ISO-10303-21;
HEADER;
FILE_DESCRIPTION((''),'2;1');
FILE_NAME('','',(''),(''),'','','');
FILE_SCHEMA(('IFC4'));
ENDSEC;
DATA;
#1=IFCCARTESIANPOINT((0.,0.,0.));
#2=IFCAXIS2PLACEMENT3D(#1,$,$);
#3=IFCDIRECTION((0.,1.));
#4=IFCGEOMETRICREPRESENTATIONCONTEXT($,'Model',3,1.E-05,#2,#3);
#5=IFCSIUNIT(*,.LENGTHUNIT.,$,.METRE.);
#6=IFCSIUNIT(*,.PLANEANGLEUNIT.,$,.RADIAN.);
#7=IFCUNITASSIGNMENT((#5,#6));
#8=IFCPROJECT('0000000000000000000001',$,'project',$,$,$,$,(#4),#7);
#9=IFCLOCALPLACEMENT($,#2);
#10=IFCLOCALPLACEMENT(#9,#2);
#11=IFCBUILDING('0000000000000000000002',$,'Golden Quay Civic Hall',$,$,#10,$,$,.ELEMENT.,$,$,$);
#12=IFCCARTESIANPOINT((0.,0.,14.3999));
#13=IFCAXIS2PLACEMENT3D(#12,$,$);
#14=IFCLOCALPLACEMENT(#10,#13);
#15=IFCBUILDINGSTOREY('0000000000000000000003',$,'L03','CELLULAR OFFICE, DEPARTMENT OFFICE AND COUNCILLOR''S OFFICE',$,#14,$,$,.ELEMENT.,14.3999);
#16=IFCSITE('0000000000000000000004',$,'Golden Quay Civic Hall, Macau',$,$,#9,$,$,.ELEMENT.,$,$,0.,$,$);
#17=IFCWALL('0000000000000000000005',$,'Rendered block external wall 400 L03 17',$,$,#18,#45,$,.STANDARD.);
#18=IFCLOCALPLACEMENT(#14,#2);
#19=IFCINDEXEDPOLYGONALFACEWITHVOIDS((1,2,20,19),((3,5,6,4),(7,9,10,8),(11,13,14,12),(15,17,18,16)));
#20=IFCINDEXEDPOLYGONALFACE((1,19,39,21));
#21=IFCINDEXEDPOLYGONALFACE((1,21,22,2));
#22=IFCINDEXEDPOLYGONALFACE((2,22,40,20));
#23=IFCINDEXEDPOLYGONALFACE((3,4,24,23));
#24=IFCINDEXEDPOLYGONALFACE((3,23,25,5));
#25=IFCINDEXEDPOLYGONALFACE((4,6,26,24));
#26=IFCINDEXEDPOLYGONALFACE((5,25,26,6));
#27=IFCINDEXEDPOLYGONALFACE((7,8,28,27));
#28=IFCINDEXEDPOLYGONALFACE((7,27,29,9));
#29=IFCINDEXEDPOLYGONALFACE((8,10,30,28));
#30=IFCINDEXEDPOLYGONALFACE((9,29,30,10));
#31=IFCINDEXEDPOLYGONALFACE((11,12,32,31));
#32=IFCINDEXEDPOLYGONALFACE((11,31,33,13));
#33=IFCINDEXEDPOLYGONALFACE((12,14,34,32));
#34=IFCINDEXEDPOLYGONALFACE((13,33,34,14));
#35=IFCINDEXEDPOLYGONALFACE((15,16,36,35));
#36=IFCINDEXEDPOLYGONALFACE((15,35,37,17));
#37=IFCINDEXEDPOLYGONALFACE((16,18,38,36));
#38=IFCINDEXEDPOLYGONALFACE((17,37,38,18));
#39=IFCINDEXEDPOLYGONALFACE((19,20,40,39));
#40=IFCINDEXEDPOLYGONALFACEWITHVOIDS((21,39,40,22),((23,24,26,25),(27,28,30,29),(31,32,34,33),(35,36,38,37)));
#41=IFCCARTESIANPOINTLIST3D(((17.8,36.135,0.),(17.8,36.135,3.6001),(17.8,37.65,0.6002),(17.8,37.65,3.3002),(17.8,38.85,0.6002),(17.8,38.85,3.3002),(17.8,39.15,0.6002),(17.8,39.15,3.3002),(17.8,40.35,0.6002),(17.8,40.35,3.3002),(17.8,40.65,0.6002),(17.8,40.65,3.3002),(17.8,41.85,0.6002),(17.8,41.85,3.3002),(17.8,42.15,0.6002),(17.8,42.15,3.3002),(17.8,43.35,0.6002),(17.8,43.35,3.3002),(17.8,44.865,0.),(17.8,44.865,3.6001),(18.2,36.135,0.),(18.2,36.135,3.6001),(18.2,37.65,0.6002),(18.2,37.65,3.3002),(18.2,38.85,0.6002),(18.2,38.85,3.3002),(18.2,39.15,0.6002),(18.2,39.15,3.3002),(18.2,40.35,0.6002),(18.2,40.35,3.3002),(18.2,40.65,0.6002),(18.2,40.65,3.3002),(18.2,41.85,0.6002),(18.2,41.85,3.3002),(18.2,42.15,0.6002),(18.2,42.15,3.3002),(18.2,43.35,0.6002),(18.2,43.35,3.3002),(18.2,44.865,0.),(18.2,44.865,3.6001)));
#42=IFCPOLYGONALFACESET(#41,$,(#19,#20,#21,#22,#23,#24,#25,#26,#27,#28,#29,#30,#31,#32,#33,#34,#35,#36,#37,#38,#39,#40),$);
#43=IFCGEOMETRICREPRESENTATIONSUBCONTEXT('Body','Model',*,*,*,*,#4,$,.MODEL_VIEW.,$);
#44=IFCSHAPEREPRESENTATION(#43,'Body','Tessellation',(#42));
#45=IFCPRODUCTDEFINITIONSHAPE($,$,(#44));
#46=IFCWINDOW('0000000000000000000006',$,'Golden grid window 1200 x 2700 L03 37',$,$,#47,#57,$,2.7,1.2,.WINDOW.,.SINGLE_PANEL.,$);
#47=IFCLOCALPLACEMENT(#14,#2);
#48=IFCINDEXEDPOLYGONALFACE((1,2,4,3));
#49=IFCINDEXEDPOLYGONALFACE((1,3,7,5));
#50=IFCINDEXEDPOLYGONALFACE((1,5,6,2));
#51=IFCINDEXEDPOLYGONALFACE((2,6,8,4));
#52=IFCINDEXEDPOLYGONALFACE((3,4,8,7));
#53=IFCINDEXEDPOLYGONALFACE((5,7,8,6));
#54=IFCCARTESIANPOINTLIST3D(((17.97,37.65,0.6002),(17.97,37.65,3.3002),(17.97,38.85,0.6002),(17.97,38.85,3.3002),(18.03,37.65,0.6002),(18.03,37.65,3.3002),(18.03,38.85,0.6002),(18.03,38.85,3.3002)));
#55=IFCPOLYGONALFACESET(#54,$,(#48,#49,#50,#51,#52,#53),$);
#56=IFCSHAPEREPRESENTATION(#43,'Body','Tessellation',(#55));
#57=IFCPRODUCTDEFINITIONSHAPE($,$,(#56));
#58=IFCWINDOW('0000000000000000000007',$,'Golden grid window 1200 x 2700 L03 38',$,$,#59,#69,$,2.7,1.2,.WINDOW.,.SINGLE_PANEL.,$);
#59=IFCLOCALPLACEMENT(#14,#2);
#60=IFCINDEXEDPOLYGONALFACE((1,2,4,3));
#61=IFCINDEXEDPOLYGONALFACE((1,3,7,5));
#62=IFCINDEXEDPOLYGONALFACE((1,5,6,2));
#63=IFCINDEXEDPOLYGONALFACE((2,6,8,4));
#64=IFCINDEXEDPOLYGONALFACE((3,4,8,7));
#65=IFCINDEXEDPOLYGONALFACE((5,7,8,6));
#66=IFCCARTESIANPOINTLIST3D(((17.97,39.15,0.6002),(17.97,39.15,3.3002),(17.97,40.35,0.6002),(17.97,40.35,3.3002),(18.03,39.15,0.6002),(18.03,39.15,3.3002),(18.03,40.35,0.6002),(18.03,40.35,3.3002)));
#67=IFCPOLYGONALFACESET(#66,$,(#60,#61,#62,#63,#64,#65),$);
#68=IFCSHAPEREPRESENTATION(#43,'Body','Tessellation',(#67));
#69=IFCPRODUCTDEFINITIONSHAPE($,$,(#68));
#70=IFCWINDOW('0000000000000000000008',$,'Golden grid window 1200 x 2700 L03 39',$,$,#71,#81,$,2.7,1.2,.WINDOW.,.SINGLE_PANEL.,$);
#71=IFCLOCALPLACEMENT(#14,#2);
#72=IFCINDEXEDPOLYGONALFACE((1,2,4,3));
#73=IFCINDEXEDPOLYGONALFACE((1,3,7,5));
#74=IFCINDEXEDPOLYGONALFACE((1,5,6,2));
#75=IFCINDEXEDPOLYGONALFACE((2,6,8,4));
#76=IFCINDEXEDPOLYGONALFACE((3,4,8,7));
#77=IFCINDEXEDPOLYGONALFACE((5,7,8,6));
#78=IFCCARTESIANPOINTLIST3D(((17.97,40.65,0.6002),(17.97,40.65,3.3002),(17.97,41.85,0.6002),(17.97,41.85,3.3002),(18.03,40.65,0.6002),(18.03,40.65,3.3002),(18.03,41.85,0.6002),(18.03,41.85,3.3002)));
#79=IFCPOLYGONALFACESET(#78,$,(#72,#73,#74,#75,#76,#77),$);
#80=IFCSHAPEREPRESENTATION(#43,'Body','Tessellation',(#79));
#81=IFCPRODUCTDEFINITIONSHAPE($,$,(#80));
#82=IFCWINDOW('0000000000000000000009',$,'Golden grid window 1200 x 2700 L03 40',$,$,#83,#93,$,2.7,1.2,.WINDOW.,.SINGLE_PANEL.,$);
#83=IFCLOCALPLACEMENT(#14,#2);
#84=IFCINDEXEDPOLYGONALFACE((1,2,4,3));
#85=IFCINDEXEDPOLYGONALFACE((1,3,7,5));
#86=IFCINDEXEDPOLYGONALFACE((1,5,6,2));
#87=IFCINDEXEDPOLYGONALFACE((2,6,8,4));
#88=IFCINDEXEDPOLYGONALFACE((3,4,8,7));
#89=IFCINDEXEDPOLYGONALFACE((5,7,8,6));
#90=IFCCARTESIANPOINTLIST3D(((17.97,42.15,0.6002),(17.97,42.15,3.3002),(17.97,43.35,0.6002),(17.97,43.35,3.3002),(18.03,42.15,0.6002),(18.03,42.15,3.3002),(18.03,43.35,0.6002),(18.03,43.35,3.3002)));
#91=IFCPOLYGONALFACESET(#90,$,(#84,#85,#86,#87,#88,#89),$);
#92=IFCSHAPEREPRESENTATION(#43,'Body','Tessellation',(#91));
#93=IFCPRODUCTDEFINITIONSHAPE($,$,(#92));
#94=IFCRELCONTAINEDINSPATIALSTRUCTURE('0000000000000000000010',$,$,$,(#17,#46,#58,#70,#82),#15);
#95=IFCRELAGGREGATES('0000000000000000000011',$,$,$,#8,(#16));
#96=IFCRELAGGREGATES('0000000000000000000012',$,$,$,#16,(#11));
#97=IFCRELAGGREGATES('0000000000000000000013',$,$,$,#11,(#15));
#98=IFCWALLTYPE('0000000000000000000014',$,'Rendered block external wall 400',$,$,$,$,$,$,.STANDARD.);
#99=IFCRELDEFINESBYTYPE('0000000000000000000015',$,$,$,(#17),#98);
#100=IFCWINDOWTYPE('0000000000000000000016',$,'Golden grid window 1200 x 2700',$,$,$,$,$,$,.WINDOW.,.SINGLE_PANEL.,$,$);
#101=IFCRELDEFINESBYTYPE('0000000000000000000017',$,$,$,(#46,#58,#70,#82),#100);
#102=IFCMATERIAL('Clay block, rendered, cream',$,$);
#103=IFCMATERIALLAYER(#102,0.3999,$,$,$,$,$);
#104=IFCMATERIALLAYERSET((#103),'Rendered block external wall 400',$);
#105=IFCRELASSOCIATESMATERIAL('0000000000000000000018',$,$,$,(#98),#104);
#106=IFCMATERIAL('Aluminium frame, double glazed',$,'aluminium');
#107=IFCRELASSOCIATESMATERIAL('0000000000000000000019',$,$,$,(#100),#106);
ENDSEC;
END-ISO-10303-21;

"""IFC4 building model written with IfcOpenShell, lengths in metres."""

from ifc_helpers import new_model, si_unit, direction, frame, frame_2d, origin, place, context, subcontext, project, spatial, rectangle, extrude, material, layer, layer_set, type_object, element, fill, save


model = new_model("IFC4")

# Units and contexts
model_context = context("Model", 3, precision=1e-05, world=origin(), true_north=direction((0.0, 1.0)))
body_context = subcontext(model_context, "Body", "Model", "MODEL_VIEW")
ifc_project = project(units=[si_unit("LENGTHUNIT", "METRE"), si_unit("PLANEANGLEUNIT", "RADIAN")], contexts=[model_context])

# Site, building, storey
site_placement = place(None, origin())
site = spatial("IfcSite", under=ifc_project, at=site_placement, Name="Golden Quay Civic Hall, Macau", CompositionType="ELEMENT", RefElevation=0.0)
building_placement = place(site_placement, origin())
building = spatial("IfcBuilding", under=site, at=building_placement, Name="Golden Quay Civic Hall", CompositionType="ELEMENT")
storey_placement = place(building_placement, frame((0.0, 0.0, 14.3999)))
storey = spatial("IfcBuildingStorey", under=building, at=storey_placement, Name="L03", Description="CELLULAR OFFICE, DEPARTMENT OFFICE AND COUNCILLOR'S OFFICE", CompositionType="ELEMENT", Elevation=14.3999)

# Wall, openings, windows
ifc_material_1 = material(Name="Clay block, rendered, cream")
ifc_layer_1 = layer(ifc_material_1, 0.3999)
ifc_layer_set_1 = layer_set([ifc_layer_1], Name="Rendered block external wall 400")
wall_type_1 = type_object("IfcWallType", Name="Rendered block external wall 400", PredefinedType="STANDARD", material=ifc_layer_set_1)
wall_1_placement = place(storey_placement, frame((18.0, 44.865, 0.0), z_axis=(0.0, 0.0, 1.0), x_axis=(0.0, -1.0, 0.0)))
wall_1 = element("IfcWall", 1, at=wall_1_placement, inside=storey, type_object=wall_type_1, Name="Rendered block external wall 400 L03 17", PredefinedType="STANDARD", context=body_context, shape_type="SweptSolid", body=[
    extrude(rectangle(XDim=8.73, YDim=0.3999, at=frame_2d((4.365, 0.0))), origin(), (0.0, 0.0, 1.0), 3.6001),
])
opening_1_placement = place(wall_1_placement, frame((6.0149, 0.0, 0.6001)))
opening_1 = element("IfcOpeningElement", 2, at=opening_1_placement, cuts=wall_1, PredefinedType="OPENING", context=body_context, shape_type="SweptSolid", body=[
    extrude(rectangle(XDim=1.2, YDim=2.7, at=frame_2d((0.6001, 1.3501))), frame((0.0, 0.21, 0.0), z_axis=(0.0, -1.0, 0.0), x_axis=(1.0, 0.0, 0.0)), (0.0, 0.0, 1.0), 0.4199),
])
opening_2_placement = place(wall_1_placement, frame((4.5149, 0.0, 0.6001)))
opening_2 = element("IfcOpeningElement", 3, at=opening_2_placement, cuts=wall_1, PredefinedType="OPENING", context=body_context, shape_type="SweptSolid", body=[
    extrude(rectangle(XDim=1.2, YDim=2.7, at=frame_2d((0.6001, 1.3501))), frame((0.0, 0.21, 0.0), z_axis=(0.0, -1.0, 0.0), x_axis=(1.0, 0.0, 0.0)), (0.0, 0.0, 1.0), 0.4199),
])
opening_3_placement = place(wall_1_placement, frame((3.0149, 0.0, 0.6001)))
opening_3 = element("IfcOpeningElement", 4, at=opening_3_placement, cuts=wall_1, PredefinedType="OPENING", context=body_context, shape_type="SweptSolid", body=[
    extrude(rectangle(XDim=1.2, YDim=2.7, at=frame_2d((0.6001, 1.3501))), frame((0.0, 0.21, 0.0), z_axis=(0.0, -1.0, 0.0), x_axis=(1.0, 0.0, 0.0)), (0.0, 0.0, 1.0), 0.4199),
])
opening_4_placement = place(wall_1_placement, frame((1.5149, 0.0, 0.6001)))
opening_4 = element("IfcOpeningElement", 5, at=opening_4_placement, cuts=wall_1, PredefinedType="OPENING", context=body_context, shape_type="SweptSolid", body=[
    extrude(rectangle(XDim=1.2, YDim=2.7, at=frame_2d((0.6001, 1.3501))), frame((0.0, 0.21, 0.0), z_axis=(0.0, -1.0, 0.0), x_axis=(1.0, 0.0, 0.0)), (0.0, 0.0, 1.0), 0.4199),
])
ifc_material_2 = material(Name="Aluminium frame, double glazed", Category="aluminium")
window_type = type_object("IfcWindowType", Name="Golden grid window 1200 x 2700", PartitioningType="SINGLE_PANEL", PredefinedType="WINDOW", material=ifc_material_2)
window_1_placement = place(opening_1_placement, origin())
window_1 = element("IfcWindow", 6, at=window_1_placement, inside=storey, type_object=window_type, Name="Golden grid window 1200 x 2700 L03 37", OverallHeight=2.7, OverallWidth=1.2, PartitioningType="SINGLE_PANEL", PredefinedType="WINDOW", context=body_context, shape_type="SweptSolid", body=[
    extrude(rectangle(XDim=1.2, YDim=2.7, at=frame_2d((0.6001, 1.3501))), frame((0.0, 0.03, 0.0), z_axis=(0.0, -1.0, 0.0), x_axis=(1.0, 0.0, 0.0)), (0.0, 0.0, 1.0), 0.0601),
])
fill(opening_1, window_1)
window_2_placement = place(opening_2_placement, origin())
window_2 = element("IfcWindow", 7, at=window_2_placement, inside=storey, type_object=window_type, Name="Golden grid window 1200 x 2700 L03 38", OverallHeight=2.7, OverallWidth=1.2, PartitioningType="SINGLE_PANEL", PredefinedType="WINDOW", context=body_context, shape_type="SweptSolid", body=[
    extrude(rectangle(XDim=1.2, YDim=2.7, at=frame_2d((0.6001, 1.3501))), frame((0.0, 0.03, 0.0), z_axis=(0.0, -1.0, 0.0), x_axis=(1.0, 0.0, 0.0)), (0.0, 0.0, 1.0), 0.0601),
])
fill(opening_2, window_2)
window_3_placement = place(opening_3_placement, origin())
window_3 = element("IfcWindow", 8, at=window_3_placement, inside=storey, type_object=window_type, Name="Golden grid window 1200 x 2700 L03 39", OverallHeight=2.7, OverallWidth=1.2, PartitioningType="SINGLE_PANEL", PredefinedType="WINDOW", context=body_context, shape_type="SweptSolid", body=[
    extrude(rectangle(XDim=1.2, YDim=2.7, at=frame_2d((0.6001, 1.3501))), frame((0.0, 0.03, 0.0), z_axis=(0.0, -1.0, 0.0), x_axis=(1.0, 0.0, 0.0)), (0.0, 0.0, 1.0), 0.0601),
])
fill(opening_3, window_3)
window_4_placement = place(opening_4_placement, origin())
window_4 = element("IfcWindow", 9, at=window_4_placement, inside=storey, type_object=window_type, Name="Golden grid window 1200 x 2700 L03 40", OverallHeight=2.7, OverallWidth=1.2, PartitioningType="SINGLE_PANEL", PredefinedType="WINDOW", context=body_context, shape_type="SweptSolid", body=[
    extrude(rectangle(XDim=1.2, YDim=2.7, at=frame_2d((0.6001, 1.3501))), frame((0.0, 0.03, 0.0), z_axis=(0.0, -1.0, 0.0), x_axis=(1.0, 0.0, 0.0)), (0.0, 0.0, 1.0), 0.0601),
])
fill(opening_4, window_4)

save(model, "model.ifc")
